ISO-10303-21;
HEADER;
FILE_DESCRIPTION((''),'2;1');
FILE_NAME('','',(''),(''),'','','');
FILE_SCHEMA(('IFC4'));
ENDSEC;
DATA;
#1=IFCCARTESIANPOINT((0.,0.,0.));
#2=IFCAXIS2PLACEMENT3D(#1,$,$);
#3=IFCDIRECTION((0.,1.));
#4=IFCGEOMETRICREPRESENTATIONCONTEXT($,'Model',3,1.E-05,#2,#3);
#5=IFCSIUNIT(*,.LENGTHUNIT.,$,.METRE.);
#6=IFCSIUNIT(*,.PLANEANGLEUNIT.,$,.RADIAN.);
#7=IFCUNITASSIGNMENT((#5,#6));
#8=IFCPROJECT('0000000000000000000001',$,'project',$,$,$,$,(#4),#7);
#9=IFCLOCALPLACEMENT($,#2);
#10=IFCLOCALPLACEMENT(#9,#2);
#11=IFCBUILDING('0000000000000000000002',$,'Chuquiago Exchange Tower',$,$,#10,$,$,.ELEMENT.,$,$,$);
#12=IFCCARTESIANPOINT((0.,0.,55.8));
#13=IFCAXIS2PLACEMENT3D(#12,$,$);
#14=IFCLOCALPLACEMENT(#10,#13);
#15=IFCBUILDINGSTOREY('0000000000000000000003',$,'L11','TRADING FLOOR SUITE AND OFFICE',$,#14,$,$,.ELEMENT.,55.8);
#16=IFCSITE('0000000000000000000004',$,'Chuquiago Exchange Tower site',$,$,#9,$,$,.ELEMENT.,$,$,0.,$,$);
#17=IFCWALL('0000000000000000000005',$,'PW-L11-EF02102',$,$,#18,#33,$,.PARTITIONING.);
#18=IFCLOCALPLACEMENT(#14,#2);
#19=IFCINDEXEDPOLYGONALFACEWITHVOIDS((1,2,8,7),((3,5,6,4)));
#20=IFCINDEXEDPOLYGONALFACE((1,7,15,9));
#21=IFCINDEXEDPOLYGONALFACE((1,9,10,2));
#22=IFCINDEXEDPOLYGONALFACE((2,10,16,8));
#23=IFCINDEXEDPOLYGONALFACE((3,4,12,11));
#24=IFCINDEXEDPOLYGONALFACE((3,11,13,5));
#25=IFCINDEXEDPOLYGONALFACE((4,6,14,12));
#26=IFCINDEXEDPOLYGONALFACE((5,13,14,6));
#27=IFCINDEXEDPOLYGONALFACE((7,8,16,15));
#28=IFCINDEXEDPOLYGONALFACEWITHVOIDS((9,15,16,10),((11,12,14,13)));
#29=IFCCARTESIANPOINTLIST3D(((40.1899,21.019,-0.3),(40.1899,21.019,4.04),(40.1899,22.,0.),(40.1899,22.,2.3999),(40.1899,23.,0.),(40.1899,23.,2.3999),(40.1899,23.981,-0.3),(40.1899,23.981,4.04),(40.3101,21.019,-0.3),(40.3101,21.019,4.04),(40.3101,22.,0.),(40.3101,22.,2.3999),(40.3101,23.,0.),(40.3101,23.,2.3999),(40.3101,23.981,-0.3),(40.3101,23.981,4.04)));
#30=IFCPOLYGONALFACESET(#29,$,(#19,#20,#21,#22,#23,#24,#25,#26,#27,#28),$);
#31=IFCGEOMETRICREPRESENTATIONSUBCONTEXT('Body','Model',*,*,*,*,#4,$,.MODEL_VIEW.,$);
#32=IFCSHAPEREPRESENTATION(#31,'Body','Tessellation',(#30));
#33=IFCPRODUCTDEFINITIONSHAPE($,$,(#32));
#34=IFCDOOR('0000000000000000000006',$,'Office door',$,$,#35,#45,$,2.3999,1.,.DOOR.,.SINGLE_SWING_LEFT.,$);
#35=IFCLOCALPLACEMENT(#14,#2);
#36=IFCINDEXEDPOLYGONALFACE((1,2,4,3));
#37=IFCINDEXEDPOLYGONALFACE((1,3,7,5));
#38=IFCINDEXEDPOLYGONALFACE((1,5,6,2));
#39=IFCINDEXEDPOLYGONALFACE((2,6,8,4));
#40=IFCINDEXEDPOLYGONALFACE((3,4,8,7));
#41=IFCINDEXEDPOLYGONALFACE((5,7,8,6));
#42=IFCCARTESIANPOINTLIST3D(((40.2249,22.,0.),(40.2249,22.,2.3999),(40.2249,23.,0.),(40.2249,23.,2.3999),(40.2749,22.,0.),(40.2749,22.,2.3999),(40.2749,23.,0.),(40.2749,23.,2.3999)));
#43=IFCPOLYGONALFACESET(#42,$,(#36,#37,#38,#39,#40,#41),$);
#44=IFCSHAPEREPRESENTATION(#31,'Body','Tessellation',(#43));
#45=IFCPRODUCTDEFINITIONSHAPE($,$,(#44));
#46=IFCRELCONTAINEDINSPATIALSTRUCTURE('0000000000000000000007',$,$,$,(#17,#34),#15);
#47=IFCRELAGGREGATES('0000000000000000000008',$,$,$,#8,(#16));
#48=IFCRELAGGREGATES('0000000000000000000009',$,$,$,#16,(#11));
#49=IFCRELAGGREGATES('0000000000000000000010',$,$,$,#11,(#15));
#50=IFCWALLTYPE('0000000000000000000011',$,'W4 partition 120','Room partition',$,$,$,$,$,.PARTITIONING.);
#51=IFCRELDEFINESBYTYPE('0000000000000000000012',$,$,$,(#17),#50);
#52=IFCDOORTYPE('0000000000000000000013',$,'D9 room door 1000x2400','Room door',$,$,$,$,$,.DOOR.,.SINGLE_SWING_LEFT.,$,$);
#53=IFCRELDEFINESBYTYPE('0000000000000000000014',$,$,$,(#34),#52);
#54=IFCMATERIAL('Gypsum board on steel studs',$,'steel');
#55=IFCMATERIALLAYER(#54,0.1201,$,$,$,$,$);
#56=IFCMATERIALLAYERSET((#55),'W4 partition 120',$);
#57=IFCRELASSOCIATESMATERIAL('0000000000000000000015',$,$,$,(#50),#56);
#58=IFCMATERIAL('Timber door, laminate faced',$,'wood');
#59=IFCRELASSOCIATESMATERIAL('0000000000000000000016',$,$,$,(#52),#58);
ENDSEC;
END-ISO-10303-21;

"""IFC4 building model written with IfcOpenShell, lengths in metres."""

from ifc_helpers import new_model, si_unit, direction, frame, frame_2d, origin, place, context, subcontext, project, spatial, rectangle, extrude, material, layer, layer_set, type_object, element, fill, save


model = new_model("IFC4")

# Units and contexts
model_context = context("Model", 3, precision=1e-05, world=origin(), true_north=direction((0.0, 1.0)))
body_context = subcontext(model_context, "Body", "Model", "MODEL_VIEW")
ifc_project = project(units=[si_unit("LENGTHUNIT", "METRE"), si_unit("PLANEANGLEUNIT", "RADIAN")], contexts=[model_context])

# Site, building, storey
site_placement = place(None, origin())
site = spatial("IfcSite", under=ifc_project, at=site_placement, Name="Chuquiago Exchange Tower site", CompositionType="ELEMENT", RefElevation=0.0)
building_placement = place(site_placement, origin())
building = spatial("IfcBuilding", under=site, at=building_placement, Name="Chuquiago Exchange Tower", CompositionType="ELEMENT")
storey_placement = place(building_placement, frame((0.0, 0.0, 55.8)))
storey = spatial("IfcBuildingStorey", under=building, at=storey_placement, Name="L11", Description="TRADING FLOOR SUITE AND OFFICE", CompositionType="ELEMENT", Elevation=55.8)

# Shared definitions
ifc_material_1 = material(Name="Gypsum board on steel studs", Category="steel")
ifc_layer_1 = layer(ifc_material_1, 0.1201)
ifc_layer_set_1 = layer_set([ifc_layer_1], Name="W4 partition 120")
wall_type_1 = type_object("IfcWallType", Name="W4 partition 120", Description="Room partition", PredefinedType="PARTITIONING", material=ifc_layer_set_1)

# Wall, opening, door
ifc_material_2 = material(Name="Timber door, laminate faced", Category="wood")
door_type = type_object("IfcDoorType", Name="D9 room door 1000x2400", Description="Room door", OperationType="SINGLE_SWING_LEFT", PredefinedType="DOOR", material=ifc_material_2)
wall_1_placement = place(storey_placement, frame((40.25, 21.019, -0.3), z_axis=(0.0, 0.0, 1.0), x_axis=(0.0, 1.0, 0.0)))
wall_1 = element("IfcWall", 1, at=wall_1_placement, inside=storey, type_object=wall_type_1, Name="PW-L11-EF02102", PredefinedType="PARTITIONING", context=body_context, shape_type="SweptSolid", body=[
    extrude(rectangle(XDim=2.9619, YDim=0.1201, at=frame_2d((1.481, 0.0))), origin(), (0.0, 0.0, 1.0), 4.3401),
])
opening_1_placement = place(wall_1_placement, frame((0.981, 0.0, 0.3)))
opening_1 = element("IfcOpeningElement", 2, at=opening_1_placement, cuts=wall_1, PredefinedType="OPENING", context=body_context, shape_type="SweptSolid", body=[
    extrude(rectangle(XDim=1.0, YDim=2.3999, at=frame_2d((0.5, 1.2))), frame((0.0, 0.0701, 0.0), z_axis=(0.0, -1.0, 0.0), x_axis=(1.0, 0.0, 0.0)), (0.0, 0.0, 1.0), 0.1401),
])
door_1_placement = place(opening_1_placement, frame((1.0, 0.0, 0.0), z_axis=(0.0, 0.0, 1.0), x_axis=(-1.0, 0.0, 0.0)))
door_1 = element("IfcDoor", 3, at=door_1_placement, inside=storey, type_object=door_type, Name="Office door", OperationType="SINGLE_SWING_LEFT", OverallHeight=2.3999, OverallWidth=1.0, PredefinedType="DOOR", context=body_context, shape_type="SweptSolid", body=[
    extrude(rectangle(XDim=1.0, YDim=2.3999, at=frame_2d((0.5, 1.2))), frame((0.0, 0.0249, 0.0), z_axis=(0.0, -1.0, 0.0), x_axis=(1.0, 0.0, 0.0)), (0.0, 0.0, 1.0), 0.05),
])
fill(opening_1, door_1)

save(model, "model.ifc")
